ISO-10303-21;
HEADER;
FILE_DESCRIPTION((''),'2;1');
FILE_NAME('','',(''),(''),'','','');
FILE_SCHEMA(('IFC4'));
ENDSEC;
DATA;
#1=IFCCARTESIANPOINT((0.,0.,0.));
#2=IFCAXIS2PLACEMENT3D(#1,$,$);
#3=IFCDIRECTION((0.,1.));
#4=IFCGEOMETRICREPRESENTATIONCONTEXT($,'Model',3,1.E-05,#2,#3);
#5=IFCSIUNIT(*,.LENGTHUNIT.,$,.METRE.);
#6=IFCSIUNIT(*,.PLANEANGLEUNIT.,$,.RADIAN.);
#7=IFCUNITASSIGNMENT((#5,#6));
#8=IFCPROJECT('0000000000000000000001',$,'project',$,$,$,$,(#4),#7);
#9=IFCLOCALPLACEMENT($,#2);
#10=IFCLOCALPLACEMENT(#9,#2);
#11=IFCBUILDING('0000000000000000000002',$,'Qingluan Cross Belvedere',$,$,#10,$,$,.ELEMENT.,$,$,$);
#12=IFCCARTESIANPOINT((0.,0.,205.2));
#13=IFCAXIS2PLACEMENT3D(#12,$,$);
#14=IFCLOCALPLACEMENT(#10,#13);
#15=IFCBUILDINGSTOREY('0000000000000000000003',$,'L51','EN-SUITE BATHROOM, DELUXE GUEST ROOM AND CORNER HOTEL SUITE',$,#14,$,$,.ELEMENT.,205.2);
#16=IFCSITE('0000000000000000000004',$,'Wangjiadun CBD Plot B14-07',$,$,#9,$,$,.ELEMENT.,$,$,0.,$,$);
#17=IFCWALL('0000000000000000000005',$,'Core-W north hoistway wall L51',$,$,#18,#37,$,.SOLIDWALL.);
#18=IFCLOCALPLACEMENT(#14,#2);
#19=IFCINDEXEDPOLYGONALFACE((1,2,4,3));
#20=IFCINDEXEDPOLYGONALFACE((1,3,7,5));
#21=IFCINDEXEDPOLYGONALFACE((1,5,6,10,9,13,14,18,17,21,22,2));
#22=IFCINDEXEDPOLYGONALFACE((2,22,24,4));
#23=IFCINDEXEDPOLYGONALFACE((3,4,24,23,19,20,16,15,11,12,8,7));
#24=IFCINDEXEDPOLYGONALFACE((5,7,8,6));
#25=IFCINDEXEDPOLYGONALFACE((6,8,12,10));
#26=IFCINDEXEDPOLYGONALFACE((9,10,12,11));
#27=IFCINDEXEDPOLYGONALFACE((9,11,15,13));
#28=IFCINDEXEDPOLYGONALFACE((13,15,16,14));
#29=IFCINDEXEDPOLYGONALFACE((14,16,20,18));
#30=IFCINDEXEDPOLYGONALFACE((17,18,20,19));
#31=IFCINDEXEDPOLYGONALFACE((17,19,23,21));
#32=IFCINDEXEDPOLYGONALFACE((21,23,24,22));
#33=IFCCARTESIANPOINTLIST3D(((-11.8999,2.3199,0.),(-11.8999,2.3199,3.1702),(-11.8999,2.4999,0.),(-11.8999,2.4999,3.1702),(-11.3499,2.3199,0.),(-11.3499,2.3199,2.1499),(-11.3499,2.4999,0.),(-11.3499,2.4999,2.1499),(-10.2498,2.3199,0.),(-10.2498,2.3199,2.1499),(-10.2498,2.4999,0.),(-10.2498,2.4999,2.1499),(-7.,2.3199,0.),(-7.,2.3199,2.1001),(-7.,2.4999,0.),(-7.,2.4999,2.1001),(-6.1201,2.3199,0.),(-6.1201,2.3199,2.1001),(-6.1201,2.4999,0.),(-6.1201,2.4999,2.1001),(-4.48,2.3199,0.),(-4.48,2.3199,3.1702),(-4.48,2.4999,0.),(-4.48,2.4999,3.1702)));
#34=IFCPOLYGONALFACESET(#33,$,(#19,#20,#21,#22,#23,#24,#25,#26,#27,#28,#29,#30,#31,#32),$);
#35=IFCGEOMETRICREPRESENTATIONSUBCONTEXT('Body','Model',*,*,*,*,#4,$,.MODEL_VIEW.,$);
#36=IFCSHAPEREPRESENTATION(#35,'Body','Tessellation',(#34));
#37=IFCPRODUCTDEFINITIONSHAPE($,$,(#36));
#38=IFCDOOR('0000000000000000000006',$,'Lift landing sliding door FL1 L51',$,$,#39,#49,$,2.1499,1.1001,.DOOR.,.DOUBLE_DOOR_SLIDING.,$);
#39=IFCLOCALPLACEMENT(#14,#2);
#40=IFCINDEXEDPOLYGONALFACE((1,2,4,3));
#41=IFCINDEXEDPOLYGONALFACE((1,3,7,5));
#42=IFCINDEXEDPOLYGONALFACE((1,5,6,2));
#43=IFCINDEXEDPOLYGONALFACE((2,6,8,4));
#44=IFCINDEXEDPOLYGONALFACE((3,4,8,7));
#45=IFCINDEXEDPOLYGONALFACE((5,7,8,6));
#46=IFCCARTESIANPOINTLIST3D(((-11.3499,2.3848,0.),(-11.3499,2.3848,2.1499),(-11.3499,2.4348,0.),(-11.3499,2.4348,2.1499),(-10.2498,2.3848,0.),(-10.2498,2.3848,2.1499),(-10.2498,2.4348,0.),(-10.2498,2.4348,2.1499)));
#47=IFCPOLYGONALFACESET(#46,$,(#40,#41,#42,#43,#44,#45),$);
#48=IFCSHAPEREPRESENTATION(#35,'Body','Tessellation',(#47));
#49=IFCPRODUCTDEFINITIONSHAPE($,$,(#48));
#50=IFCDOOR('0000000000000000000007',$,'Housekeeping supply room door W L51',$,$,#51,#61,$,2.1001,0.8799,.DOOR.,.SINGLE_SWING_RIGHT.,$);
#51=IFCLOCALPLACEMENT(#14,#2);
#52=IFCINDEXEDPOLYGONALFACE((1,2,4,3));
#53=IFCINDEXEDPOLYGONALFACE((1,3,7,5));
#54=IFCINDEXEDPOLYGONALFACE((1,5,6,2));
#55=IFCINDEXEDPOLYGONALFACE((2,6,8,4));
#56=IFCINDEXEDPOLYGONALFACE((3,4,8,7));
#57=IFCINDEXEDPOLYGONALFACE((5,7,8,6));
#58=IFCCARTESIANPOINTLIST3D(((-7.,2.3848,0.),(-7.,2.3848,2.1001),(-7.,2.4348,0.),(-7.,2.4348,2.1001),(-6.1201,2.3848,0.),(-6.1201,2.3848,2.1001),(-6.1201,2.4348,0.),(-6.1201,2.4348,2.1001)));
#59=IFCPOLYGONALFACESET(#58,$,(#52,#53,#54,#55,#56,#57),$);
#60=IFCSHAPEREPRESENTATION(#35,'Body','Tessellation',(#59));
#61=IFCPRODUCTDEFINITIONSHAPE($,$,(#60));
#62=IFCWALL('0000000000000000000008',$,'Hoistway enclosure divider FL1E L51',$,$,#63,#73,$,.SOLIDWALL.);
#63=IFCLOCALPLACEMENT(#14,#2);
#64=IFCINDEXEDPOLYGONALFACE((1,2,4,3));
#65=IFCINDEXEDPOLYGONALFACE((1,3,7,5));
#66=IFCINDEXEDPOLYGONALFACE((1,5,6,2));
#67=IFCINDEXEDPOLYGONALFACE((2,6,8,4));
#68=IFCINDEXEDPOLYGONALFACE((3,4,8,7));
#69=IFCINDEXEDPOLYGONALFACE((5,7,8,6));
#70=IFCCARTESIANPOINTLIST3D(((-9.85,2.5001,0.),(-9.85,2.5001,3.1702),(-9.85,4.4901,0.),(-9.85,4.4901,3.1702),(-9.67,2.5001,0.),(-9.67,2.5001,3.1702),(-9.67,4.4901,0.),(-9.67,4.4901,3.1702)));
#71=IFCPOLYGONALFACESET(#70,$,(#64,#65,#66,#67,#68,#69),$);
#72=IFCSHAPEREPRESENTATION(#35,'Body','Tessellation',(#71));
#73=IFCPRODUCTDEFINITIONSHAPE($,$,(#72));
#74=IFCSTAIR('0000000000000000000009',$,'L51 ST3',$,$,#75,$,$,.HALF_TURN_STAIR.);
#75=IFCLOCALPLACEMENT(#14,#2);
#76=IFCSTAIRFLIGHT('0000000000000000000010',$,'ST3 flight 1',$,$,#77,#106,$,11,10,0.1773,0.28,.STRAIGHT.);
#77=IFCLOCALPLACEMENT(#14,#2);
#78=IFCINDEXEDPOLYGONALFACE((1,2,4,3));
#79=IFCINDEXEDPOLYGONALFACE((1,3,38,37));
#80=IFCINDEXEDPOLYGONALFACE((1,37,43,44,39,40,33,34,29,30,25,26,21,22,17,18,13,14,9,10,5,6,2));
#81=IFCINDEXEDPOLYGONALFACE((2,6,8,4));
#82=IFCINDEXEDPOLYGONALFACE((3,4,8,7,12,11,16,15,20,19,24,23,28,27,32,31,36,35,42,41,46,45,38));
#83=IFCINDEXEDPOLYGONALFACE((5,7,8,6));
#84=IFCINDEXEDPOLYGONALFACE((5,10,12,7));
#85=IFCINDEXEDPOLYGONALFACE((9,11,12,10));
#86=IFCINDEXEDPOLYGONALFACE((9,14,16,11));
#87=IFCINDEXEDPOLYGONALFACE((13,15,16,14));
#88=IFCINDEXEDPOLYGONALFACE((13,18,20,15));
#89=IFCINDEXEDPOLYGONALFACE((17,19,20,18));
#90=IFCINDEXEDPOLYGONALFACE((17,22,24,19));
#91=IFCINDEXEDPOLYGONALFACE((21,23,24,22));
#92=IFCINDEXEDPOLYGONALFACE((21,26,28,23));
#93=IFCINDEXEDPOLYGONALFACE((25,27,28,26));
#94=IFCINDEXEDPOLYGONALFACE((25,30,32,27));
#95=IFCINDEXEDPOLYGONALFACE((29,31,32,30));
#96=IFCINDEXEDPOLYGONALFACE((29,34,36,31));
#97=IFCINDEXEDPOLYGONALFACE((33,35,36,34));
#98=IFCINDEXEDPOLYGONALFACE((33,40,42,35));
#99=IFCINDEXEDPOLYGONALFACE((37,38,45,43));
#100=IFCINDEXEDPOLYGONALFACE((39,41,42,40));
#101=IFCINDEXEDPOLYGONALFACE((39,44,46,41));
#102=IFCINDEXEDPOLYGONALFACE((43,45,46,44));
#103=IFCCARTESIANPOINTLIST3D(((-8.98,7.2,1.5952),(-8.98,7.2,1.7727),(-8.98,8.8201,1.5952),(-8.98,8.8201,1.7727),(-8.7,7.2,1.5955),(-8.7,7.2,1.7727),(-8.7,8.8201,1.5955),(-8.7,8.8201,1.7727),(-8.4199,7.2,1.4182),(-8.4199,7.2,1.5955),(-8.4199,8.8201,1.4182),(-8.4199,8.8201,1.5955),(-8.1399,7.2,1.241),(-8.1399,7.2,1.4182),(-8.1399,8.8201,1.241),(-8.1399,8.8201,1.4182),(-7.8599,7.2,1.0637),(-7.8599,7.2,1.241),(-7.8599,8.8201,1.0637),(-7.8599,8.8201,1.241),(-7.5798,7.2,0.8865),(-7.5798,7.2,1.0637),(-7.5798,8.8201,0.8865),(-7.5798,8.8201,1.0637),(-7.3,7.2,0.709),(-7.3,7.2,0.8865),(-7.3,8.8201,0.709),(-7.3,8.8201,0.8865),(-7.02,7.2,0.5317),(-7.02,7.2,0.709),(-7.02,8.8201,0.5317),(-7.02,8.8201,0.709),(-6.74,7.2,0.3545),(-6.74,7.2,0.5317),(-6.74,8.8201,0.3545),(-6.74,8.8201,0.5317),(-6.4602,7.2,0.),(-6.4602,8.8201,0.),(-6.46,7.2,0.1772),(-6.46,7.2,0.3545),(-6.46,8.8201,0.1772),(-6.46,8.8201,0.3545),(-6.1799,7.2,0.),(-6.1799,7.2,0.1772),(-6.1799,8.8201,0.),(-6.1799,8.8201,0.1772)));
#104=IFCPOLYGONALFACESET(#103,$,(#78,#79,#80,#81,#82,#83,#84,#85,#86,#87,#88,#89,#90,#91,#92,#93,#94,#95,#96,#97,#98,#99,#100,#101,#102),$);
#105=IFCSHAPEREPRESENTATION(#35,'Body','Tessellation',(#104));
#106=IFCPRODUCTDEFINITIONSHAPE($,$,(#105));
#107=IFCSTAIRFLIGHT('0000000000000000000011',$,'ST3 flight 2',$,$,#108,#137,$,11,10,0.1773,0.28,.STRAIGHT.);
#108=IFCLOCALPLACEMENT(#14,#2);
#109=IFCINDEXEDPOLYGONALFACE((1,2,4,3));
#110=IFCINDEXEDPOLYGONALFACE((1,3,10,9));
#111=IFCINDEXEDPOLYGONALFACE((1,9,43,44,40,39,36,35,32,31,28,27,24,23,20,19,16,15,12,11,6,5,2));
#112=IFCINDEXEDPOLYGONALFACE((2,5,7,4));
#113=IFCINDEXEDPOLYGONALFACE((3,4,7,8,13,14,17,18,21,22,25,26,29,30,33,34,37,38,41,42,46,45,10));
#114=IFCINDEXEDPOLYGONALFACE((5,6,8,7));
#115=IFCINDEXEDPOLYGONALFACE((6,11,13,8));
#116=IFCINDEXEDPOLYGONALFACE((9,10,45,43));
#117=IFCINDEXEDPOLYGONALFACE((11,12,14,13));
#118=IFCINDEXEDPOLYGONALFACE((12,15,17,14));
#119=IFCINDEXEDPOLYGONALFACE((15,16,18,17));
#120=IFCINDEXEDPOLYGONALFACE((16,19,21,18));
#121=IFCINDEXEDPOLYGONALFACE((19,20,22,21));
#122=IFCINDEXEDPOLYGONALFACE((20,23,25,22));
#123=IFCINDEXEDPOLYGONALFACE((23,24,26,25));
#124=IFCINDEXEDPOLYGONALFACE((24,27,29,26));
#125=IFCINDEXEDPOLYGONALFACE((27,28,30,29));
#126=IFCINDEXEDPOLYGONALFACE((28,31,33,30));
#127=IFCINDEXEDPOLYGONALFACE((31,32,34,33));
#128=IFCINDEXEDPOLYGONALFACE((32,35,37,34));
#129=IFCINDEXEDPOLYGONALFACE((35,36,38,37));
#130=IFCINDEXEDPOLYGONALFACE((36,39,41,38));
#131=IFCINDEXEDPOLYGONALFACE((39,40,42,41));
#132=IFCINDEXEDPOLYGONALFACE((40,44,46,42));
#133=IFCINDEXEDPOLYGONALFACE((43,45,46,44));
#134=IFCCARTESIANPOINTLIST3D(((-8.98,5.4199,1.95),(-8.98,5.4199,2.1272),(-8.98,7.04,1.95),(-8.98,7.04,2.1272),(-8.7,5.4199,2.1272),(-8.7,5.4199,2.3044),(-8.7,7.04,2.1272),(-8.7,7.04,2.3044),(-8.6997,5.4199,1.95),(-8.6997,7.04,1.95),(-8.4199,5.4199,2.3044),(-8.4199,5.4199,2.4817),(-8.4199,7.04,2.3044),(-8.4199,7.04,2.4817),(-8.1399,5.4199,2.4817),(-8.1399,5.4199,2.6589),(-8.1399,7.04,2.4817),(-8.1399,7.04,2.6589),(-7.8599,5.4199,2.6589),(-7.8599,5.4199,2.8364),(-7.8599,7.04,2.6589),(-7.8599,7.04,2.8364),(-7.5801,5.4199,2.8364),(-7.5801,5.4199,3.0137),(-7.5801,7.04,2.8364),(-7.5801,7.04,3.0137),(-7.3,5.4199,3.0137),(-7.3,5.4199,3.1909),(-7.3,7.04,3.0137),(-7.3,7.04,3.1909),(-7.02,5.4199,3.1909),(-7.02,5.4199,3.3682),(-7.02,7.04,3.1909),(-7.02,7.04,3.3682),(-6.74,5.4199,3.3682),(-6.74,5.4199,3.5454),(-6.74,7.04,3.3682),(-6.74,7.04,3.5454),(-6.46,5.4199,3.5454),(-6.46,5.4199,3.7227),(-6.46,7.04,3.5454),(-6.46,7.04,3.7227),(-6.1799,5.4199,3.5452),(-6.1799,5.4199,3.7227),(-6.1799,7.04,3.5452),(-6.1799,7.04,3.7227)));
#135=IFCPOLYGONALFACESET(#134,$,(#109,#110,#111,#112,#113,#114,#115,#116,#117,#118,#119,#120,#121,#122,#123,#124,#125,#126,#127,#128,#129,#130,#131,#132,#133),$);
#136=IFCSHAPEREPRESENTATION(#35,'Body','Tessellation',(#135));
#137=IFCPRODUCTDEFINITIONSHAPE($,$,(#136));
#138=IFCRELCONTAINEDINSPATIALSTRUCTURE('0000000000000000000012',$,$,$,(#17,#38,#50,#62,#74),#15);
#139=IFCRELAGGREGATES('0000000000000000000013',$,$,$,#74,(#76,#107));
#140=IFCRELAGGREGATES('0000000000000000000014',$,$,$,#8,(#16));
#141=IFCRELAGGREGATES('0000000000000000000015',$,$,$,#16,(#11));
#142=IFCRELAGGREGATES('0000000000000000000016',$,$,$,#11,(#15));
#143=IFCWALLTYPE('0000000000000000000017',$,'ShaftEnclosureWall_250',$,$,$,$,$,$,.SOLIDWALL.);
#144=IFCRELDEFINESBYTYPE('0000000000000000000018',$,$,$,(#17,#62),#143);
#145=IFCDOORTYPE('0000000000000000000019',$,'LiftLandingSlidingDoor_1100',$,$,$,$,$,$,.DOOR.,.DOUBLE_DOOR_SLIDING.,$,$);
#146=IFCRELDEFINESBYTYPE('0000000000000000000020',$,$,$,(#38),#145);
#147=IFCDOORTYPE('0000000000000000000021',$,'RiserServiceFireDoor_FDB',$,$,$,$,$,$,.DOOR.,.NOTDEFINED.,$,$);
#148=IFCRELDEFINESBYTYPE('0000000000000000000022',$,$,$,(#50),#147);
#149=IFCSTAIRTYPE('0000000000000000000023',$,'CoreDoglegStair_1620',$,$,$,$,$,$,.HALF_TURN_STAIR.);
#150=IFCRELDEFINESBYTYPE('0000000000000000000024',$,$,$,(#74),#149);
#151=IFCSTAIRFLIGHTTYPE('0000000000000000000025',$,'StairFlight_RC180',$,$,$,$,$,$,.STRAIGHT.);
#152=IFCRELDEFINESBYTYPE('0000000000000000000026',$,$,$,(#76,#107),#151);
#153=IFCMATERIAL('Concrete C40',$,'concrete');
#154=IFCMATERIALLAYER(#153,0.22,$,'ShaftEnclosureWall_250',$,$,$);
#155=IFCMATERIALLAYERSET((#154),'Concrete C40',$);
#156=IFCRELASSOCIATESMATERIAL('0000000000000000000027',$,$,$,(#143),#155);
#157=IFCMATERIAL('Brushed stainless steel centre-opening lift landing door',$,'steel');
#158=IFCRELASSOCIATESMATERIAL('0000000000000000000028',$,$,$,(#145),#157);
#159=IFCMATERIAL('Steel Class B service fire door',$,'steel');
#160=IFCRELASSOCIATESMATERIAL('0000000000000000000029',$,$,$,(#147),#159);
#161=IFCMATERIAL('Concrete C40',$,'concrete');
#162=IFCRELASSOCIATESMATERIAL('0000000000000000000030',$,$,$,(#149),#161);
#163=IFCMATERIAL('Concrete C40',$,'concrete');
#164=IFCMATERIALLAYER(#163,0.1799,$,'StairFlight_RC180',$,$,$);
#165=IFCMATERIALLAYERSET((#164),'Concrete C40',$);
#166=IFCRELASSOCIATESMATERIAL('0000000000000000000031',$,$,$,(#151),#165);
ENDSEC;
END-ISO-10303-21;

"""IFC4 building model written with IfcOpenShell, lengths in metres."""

from ifc_helpers import new_model, si_unit, direction, frame, frame_2d, origin, place, context, subcontext, project, spatial, polyline, rectangle, outline, extrude, material, layer, layer_set, type_object, element, fill, aggregate, save


model = new_model("IFC4")

# Units and contexts
model_context = context("Model", 3, precision=1e-05, world=origin(), true_north=direction((0.0, 1.0)))
body_context = subcontext(model_context, "Body", "Model", "MODEL_VIEW")
ifc_project = project(units=[si_unit("LENGTHUNIT", "METRE"), si_unit("PLANEANGLEUNIT", "RADIAN")], contexts=[model_context])

# Site, building, storey
site_placement = place(None, origin())
site = spatial("IfcSite", under=ifc_project, at=site_placement, Name="Wangjiadun CBD Plot B14-07", CompositionType="ELEMENT", RefElevation=0.0)
building_placement = place(site_placement, origin())
building = spatial("IfcBuilding", under=site, at=building_placement, Name="Qingluan Cross Belvedere", CompositionType="ELEMENT")
storey_placement = place(building_placement, frame((0.0, 0.0, 205.2)))
storey = spatial("IfcBuildingStorey", under=building, at=storey_placement, Name="L51", Description="EN-SUITE BATHROOM, DELUXE GUEST ROOM AND CORNER HOTEL SUITE", CompositionType="ELEMENT", Elevation=205.2)

# Wall, openings, doors
ifc_material_1 = material(Name="Concrete C40", Category="concrete")
ifc_layer_1 = layer(ifc_material_1, 0.22, Name="ShaftEnclosureWall_250")
ifc_layer_set_1 = layer_set([ifc_layer_1], Name="Concrete C40")
wall_type_1 = type_object("IfcWallType", Name="ShaftEnclosureWall_250", PredefinedType="SOLIDWALL", material=ifc_layer_set_1)
wall_1_placement = place(storey_placement, frame((-11.8999, 2.4099, 0.0), z_axis=(0.0, 0.0, 1.0), x_axis=(1.0, 0.0, 0.0)))
wall_1 = element("IfcWall", 1, at=wall_1_placement, inside=storey, type_object=wall_type_1, Name="Core-W north hoistway wall L51", PredefinedType="SOLIDWALL", context=body_context, shape_type="SweptSolid", body=[
    extrude(rectangle(XDim=7.4199, YDim=0.1799, at=frame_2d((3.71, 0.0))), origin(), (0.0, 0.0, 1.0), 3.1702),
])
opening_1_placement = place(wall_1_placement, frame((0.55, 0.0, 0.0)))
opening_1 = element("IfcOpeningElement", 2, at=opening_1_placement, cuts=wall_1, PredefinedType="OPENING", context=body_context, shape_type="SweptSolid", body=[
    extrude(rectangle(XDim=1.1001, YDim=2.1499, at=frame_2d((0.55, 1.075))), frame((0.0, 0.0999, 0.0), z_axis=(0.0, -1.0, 0.0), x_axis=(1.0, 0.0, 0.0)), (0.0, 0.0, 1.0), 0.2),
])
opening_2_placement = place(wall_1_placement, frame((4.8999, 0.0, 0.0)))
opening_2 = element("IfcOpeningElement", 3, at=opening_2_placement, cuts=wall_1, PredefinedType="OPENING", context=body_context, shape_type="SweptSolid", body=[
    extrude(rectangle(XDim=0.8799, YDim=2.1001, at=frame_2d((0.4399, 1.05))), frame((0.0, 0.0999, 0.0), z_axis=(0.0, -1.0, 0.0), x_axis=(1.0, 0.0, 0.0)), (0.0, 0.0, 1.0), 0.2),
])
ifc_material_2 = material(Name="Brushed stainless steel centre-opening lift landing door", Category="steel")
door_type_1 = type_object("IfcDoorType", Name="LiftLandingSlidingDoor_1100", OperationType="DOUBLE_DOOR_SLIDING", PredefinedType="DOOR", material=ifc_material_2)
door_1_placement = place(opening_1_placement, origin())
door_1 = element("IfcDoor", 4, at=door_1_placement, inside=storey, type_object=door_type_1, Name="Lift landing sliding door FL1 L51", OperationType="DOUBLE_DOOR_SLIDING", OverallHeight=2.1499, OverallWidth=1.1001, PredefinedType="DOOR", context=body_context, shape_type="SweptSolid", body=[
    extrude(rectangle(XDim=1.1001, YDim=2.1499, at=frame_2d((0.55, 1.075))), frame((0.0, 0.0249, 0.0), z_axis=(0.0, -1.0, 0.0), x_axis=(1.0, 0.0, 0.0)), (0.0, 0.0, 1.0), 0.05),
])
fill(opening_1, door_1)
ifc_material_3 = material(Name="Steel Class B service fire door", Category="steel")
door_type_2 = type_object("IfcDoorType", Name="RiserServiceFireDoor_FDB", OperationType="NOTDEFINED", PredefinedType="DOOR", material=ifc_material_3)
door_2_placement = place(opening_2_placement, origin())
door_2 = element("IfcDoor", 5, at=door_2_placement, inside=storey, type_object=door_type_2, Name="Housekeeping supply room door W L51", OperationType="SINGLE_SWING_RIGHT", OverallHeight=2.1001, OverallWidth=0.8799, PredefinedType="DOOR", context=body_context, shape_type="SweptSolid", body=[
    extrude(rectangle(XDim=0.8799, YDim=2.1001, at=frame_2d((0.4399, 1.05))), frame((0.0, 0.0249, 0.0), z_axis=(0.0, -1.0, 0.0), x_axis=(1.0, 0.0, 0.0)), (0.0, 0.0, 1.0), 0.05),
])
fill(opening_2, door_2)

# Wall
wall_2_placement = place(storey_placement, frame((-9.76, 2.5, 0.0), z_axis=(0.0, 0.0, 1.0), x_axis=(0.0, 1.0, 0.0)))
element("IfcWall", 6, at=wall_2_placement, inside=storey, type_object=wall_type_1, Name="Hoistway enclosure divider FL1E L51", PredefinedType="SOLIDWALL", context=body_context, shape_type="SweptSolid", body=[
    extrude(rectangle(XDim=1.99, YDim=0.1799, at=frame_2d((0.9951, 0.0))), origin(), (0.0, 0.0, 1.0), 3.1702),
])

# Stair, stair flights
ifc_material_4 = material(Name="Concrete C40", Category="concrete")
stair_type = type_object("IfcStairType", Name="CoreDoglegStair_1620", PredefinedType="HALF_TURN_STAIR", material=ifc_material_4)
stair_placement = place(storey_placement, origin())
stair = element("IfcStair", 7, at=stair_placement, inside=storey, type_object=stair_type, Name="L51 ST3", PredefinedType="HALF_TURN_STAIR")
ifc_material_5 = material(Name="Concrete C40", Category="concrete")
ifc_layer_2 = layer(ifc_material_5, 0.1799, Name="StairFlight_RC180")
ifc_layer_set_2 = layer_set([ifc_layer_2], Name="Concrete C40")
stair_flight_type = type_object("IfcStairFlightType", Name="StairFlight_RC180", PredefinedType="STRAIGHT", material=ifc_layer_set_2)
stair_flight_1_placement = place(storey_placement, frame((-6.1799, 8.01, 0.0), z_axis=(0.0, 0.0, 1.0), x_axis=(-1.0, 0.0, 0.0)))
stair_flight_1 = element("IfcStairFlight", 8, at=stair_flight_1_placement, type_object=stair_flight_type, Name="ST3 flight 1", NumberOfRisers=11, NumberOfTreads=10, PredefinedType="STRAIGHT", RiserHeight=0.1773, TreadLength=0.28, context=body_context, shape_type="SweptSolid", body=[
    extrude(outline(polyline([(0.0, 0.0), (0.0, 0.1772), (0.28, 0.1772), (0.28, 0.3545), (0.5601, 0.3545), (0.5601, 0.5317), (0.8401, 0.5317), (0.8401, 0.709), (1.1201, 0.709), (1.1201, 0.8865), (1.3999, 0.8865), (1.3999, 1.0637), (1.6799, 1.0637), (1.6799, 1.241), (1.96, 1.241), (1.96, 1.4182), (2.24, 1.4182), (2.24, 1.5955), (2.52, 1.5955), (2.52, 1.7727), (2.8, 1.7727), (2.8, 1.95), (2.8, 1.5952), (0.2803, 0.0), (0.0, 0.0)])), frame((0.0, 0.8101, 0.0), z_axis=(0.0, -1.0, 0.0), x_axis=(1.0, 0.0, 0.0)), (0.0, 0.0, 1.0), 1.6201),
])
stair_flight_2_placement = place(storey_placement, frame((-8.98, 6.23, 1.95), z_axis=(0.0, 0.0, 1.0), x_axis=(1.0, 0.0, 0.0)))
stair_flight_2 = element("IfcStairFlight", 9, at=stair_flight_2_placement, type_object=stair_flight_type, Name="ST3 flight 2", NumberOfRisers=11, NumberOfTreads=10, PredefinedType="STRAIGHT", RiserHeight=0.1773, TreadLength=0.28, context=body_context, shape_type="SweptSolid", body=[
    extrude(outline(polyline([(0.0, 0.0), (0.0, 0.1772), (0.28, 0.1772), (0.28, 0.3545), (0.5601, 0.3545), (0.5601, 0.5317), (0.8401, 0.5317), (0.8401, 0.709), (1.1201, 0.709), (1.1201, 0.8865), (1.3999, 0.8865), (1.3999, 1.0637), (1.6799, 1.0637), (1.6799, 1.241), (1.96, 1.241), (1.96, 1.4182), (2.24, 1.4182), (2.24, 1.5955), (2.52, 1.5955), (2.52, 1.7727), (2.8, 1.7727), (2.8, 1.95), (2.8, 1.5952), (0.2803, 0.0), (0.0, 0.0)])), frame((0.0, 0.8101, 0.0), z_axis=(0.0, -1.0, 0.0), x_axis=(1.0, 0.0, 0.0)), (0.0, 0.0, 1.0), 1.6201),
])
aggregate(stair, [stair_flight_1, stair_flight_2])

save(model, "model.ifc")
